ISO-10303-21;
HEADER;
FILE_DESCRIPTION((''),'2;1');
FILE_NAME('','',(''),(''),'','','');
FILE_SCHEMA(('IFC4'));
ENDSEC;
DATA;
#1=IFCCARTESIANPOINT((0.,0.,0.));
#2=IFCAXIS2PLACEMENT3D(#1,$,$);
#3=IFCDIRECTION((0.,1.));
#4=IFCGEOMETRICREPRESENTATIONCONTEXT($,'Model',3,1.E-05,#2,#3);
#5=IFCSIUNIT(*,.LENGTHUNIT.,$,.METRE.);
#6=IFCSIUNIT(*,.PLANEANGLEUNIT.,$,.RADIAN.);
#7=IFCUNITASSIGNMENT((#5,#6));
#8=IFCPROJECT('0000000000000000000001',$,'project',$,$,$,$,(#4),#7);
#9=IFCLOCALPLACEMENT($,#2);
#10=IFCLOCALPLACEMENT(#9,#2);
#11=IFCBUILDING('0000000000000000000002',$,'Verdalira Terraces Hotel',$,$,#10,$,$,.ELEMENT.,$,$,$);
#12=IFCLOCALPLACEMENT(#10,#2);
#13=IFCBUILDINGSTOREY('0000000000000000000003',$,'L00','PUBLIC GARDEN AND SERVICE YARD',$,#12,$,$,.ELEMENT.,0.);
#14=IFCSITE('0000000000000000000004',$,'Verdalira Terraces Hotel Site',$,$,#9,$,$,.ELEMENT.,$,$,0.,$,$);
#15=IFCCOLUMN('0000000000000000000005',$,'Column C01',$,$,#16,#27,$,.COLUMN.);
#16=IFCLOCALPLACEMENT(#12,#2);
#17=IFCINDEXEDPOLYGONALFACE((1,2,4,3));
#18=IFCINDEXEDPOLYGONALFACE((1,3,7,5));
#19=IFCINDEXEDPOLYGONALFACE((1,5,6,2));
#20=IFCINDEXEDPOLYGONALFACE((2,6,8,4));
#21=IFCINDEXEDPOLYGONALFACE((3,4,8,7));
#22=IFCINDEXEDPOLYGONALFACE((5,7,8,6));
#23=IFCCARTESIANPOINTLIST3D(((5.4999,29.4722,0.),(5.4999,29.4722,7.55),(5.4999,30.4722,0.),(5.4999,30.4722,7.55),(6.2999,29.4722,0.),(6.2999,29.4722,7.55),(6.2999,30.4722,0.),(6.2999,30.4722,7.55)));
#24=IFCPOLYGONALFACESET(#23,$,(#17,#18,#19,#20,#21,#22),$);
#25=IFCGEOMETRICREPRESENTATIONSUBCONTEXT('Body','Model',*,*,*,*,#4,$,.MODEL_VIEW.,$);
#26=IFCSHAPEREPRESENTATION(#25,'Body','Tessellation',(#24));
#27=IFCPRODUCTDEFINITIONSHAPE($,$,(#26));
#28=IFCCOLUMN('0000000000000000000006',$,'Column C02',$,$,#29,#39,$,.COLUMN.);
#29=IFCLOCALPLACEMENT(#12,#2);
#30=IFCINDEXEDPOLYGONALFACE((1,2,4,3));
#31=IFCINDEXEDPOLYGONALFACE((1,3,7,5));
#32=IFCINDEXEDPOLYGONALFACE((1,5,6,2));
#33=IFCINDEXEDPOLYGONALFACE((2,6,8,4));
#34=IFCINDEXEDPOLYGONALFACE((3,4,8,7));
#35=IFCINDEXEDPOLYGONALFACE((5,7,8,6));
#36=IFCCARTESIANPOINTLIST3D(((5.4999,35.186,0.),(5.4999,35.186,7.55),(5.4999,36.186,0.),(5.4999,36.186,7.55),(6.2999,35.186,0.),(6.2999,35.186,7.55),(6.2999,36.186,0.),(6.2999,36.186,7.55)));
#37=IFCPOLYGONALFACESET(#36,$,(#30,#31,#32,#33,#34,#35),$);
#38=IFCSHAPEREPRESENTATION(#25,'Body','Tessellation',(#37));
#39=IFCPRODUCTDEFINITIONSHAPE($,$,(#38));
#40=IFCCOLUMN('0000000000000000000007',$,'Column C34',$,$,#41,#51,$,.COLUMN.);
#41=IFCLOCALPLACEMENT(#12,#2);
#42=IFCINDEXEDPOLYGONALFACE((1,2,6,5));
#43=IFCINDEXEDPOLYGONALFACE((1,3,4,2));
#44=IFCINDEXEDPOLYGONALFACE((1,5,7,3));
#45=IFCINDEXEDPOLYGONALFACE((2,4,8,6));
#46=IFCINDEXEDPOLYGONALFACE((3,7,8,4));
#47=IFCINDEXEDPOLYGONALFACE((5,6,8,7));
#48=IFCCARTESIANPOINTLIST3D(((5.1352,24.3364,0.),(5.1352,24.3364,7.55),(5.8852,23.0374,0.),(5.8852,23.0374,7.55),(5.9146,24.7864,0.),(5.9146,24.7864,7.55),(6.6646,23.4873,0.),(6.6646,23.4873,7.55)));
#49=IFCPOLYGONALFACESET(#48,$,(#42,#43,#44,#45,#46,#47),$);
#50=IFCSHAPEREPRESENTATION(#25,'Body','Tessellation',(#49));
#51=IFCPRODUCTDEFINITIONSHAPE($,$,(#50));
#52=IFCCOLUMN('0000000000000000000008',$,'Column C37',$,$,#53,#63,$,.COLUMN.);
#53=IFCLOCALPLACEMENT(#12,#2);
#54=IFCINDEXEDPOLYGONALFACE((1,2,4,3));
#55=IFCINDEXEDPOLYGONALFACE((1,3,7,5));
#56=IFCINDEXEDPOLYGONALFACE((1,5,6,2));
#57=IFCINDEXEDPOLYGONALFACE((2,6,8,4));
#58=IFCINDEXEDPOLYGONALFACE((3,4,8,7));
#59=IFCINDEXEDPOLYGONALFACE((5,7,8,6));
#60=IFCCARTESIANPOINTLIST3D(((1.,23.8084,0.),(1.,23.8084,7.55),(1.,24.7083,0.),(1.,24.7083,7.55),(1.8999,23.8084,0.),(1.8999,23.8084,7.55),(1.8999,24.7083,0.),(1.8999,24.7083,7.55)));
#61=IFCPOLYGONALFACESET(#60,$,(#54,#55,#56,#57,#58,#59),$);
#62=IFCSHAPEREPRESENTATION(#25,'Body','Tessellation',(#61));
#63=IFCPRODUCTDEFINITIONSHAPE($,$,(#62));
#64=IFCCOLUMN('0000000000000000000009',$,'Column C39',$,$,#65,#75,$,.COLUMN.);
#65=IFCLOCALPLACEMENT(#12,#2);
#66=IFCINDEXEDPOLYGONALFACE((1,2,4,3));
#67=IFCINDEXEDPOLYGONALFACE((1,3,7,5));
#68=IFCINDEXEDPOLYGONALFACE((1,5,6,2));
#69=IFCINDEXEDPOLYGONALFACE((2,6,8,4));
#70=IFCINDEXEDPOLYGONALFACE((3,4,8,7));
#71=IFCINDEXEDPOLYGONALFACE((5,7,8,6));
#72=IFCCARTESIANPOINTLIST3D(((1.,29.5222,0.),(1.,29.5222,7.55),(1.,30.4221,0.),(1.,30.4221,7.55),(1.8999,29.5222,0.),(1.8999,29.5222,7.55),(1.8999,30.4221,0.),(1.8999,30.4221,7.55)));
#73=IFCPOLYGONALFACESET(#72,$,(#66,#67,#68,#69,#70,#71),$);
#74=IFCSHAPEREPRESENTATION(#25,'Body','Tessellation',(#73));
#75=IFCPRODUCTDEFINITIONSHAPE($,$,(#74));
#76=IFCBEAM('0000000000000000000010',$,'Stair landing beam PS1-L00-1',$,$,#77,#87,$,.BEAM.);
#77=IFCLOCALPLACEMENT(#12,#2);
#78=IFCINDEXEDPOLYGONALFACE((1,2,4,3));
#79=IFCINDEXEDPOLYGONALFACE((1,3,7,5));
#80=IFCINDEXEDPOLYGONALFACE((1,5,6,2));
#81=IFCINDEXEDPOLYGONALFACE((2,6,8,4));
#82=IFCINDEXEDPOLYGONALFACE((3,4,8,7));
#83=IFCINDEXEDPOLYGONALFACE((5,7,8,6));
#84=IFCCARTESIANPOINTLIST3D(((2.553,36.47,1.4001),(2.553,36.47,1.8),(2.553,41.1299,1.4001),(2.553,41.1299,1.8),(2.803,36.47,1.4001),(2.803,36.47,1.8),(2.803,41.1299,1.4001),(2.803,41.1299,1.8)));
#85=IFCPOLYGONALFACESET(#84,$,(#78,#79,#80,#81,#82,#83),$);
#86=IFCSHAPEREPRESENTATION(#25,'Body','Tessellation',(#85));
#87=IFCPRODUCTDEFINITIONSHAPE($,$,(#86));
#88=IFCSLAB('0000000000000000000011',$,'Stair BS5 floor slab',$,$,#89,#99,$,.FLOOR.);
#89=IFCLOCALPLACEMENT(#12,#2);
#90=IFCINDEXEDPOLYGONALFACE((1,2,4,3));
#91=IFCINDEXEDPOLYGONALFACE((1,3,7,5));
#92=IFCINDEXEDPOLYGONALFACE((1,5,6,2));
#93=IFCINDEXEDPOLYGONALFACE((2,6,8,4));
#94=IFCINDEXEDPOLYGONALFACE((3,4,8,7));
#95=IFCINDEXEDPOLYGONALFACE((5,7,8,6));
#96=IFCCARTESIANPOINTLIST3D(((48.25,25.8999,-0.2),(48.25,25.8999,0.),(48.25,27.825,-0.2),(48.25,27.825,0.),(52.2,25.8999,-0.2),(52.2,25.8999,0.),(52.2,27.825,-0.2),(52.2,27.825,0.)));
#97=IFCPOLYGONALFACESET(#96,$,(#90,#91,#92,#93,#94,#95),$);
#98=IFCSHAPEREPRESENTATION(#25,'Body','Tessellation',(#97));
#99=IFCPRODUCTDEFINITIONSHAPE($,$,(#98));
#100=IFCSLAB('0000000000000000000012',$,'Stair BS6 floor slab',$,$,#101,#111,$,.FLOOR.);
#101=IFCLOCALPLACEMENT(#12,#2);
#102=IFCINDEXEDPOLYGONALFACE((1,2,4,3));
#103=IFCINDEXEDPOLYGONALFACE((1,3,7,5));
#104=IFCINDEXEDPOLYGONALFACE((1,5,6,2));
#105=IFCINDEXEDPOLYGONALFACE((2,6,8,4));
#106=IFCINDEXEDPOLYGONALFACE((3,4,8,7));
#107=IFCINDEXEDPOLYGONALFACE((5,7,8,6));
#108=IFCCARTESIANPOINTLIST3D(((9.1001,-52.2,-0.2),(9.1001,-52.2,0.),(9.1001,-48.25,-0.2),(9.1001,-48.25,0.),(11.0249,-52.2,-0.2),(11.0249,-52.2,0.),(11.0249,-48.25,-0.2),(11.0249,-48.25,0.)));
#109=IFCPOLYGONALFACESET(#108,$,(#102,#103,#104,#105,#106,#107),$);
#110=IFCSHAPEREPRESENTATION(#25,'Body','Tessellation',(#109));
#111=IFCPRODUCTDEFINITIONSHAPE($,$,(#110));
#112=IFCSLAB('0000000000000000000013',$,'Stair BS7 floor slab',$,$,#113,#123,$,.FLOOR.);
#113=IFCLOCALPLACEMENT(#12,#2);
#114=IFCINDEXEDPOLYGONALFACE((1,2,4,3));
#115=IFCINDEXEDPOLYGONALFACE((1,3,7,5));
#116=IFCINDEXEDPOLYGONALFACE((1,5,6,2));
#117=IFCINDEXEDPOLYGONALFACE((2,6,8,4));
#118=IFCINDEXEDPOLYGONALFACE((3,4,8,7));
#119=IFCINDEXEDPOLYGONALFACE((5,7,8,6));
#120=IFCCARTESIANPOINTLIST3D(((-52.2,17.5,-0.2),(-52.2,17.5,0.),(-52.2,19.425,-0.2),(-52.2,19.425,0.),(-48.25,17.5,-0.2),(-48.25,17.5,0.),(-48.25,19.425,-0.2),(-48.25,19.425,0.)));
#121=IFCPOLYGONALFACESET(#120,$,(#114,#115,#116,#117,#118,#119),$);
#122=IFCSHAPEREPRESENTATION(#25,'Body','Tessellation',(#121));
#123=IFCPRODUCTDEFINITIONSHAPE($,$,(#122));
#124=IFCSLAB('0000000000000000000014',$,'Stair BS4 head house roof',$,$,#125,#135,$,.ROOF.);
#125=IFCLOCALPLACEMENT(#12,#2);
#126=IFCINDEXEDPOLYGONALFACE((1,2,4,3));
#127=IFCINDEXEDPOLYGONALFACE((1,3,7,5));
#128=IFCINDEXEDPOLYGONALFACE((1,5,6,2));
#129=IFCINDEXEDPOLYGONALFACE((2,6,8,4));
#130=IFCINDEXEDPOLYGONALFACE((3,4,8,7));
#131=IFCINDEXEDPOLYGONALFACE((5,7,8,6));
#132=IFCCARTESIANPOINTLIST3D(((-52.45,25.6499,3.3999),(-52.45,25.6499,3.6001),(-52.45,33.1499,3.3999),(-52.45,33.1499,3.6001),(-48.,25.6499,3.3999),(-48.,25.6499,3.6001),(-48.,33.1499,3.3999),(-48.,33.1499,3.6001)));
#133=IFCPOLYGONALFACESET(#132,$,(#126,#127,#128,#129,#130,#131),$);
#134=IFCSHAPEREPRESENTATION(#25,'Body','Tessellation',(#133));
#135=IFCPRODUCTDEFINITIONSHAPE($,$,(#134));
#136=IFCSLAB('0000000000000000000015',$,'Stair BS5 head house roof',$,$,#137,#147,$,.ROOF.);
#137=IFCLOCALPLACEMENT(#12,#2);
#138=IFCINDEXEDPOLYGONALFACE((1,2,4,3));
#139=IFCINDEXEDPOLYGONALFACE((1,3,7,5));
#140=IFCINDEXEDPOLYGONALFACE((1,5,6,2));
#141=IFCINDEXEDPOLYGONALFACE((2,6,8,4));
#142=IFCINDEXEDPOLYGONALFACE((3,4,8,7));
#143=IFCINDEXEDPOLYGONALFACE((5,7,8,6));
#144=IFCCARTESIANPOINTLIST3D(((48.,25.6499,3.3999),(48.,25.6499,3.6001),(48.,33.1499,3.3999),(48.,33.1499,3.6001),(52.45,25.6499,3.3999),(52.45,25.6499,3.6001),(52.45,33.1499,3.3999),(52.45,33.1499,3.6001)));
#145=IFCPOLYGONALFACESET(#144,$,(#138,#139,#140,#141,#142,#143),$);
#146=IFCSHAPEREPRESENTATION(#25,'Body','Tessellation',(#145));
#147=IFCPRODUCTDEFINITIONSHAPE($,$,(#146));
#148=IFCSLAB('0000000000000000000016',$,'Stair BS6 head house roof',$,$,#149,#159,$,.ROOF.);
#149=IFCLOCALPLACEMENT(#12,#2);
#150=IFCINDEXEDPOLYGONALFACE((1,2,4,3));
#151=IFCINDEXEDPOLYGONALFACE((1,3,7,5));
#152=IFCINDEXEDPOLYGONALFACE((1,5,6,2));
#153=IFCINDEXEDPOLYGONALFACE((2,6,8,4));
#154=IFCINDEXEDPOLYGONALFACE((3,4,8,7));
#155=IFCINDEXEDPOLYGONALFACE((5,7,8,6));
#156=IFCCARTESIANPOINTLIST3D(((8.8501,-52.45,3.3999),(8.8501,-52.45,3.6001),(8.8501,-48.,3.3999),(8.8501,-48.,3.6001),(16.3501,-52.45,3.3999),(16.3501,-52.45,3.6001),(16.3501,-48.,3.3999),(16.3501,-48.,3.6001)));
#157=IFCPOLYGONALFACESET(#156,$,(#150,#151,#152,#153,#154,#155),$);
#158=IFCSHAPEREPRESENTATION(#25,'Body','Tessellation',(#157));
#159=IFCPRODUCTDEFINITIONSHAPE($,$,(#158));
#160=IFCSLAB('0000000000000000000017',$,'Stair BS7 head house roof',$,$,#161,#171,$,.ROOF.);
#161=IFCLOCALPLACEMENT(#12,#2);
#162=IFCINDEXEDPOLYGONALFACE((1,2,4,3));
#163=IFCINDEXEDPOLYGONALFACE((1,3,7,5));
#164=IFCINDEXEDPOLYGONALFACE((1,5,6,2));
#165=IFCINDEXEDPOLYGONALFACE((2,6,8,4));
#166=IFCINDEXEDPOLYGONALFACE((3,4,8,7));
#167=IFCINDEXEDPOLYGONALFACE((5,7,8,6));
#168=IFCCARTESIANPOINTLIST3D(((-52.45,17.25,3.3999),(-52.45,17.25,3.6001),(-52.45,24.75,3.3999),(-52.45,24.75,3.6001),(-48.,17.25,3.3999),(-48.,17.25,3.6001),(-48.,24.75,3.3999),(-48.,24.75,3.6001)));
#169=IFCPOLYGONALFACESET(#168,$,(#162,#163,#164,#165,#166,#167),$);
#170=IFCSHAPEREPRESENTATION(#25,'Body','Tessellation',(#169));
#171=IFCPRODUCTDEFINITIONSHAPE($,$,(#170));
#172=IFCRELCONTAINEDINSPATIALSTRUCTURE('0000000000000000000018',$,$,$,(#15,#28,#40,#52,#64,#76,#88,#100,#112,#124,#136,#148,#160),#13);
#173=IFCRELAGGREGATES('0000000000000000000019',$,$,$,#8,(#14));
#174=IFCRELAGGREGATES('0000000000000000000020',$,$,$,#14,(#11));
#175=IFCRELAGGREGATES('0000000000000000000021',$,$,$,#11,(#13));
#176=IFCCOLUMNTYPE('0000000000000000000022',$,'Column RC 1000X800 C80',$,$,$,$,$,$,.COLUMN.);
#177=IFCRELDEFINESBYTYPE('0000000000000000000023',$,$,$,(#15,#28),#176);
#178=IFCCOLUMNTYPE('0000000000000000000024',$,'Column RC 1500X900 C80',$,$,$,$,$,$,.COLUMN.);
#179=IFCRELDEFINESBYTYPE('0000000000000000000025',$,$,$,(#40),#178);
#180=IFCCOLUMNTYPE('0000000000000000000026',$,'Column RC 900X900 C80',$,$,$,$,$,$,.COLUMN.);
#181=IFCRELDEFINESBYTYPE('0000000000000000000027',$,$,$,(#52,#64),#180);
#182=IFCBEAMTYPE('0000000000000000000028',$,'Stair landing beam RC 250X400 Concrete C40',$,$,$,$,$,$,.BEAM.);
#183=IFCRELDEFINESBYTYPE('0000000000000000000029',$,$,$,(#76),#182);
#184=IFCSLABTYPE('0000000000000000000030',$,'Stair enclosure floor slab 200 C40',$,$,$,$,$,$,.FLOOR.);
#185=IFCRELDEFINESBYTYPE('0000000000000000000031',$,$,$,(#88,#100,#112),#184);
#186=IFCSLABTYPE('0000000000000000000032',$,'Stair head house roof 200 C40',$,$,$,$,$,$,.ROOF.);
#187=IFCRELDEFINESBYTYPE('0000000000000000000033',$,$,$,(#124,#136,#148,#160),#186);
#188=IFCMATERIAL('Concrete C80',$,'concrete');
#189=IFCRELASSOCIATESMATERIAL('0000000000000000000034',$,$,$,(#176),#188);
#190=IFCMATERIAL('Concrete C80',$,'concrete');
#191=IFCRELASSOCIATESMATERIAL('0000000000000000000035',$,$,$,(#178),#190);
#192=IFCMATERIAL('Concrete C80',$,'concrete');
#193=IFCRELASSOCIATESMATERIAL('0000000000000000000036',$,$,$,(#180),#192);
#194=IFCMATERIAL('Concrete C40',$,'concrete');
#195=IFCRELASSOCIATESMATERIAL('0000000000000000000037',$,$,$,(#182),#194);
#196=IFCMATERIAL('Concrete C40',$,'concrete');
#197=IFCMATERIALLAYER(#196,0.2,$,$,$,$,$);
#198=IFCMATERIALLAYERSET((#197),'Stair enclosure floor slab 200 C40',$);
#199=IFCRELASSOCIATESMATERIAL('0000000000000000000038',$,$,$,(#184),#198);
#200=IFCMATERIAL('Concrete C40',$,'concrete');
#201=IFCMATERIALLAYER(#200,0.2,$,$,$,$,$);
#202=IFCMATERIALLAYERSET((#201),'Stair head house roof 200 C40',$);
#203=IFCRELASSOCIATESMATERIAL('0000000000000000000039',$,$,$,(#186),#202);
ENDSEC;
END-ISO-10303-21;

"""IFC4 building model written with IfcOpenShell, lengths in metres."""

from ifc_helpers import new_model, si_unit, direction, frame, origin, origin_2d, place, context, subcontext, project, spatial, polyline, rectangle, outline, extrude, material, layer, layer_set, material_profile, profile_set, type_object, element, save


model = new_model("IFC4")

# Units and contexts
model_context = context("Model", 3, precision=1e-05, world=origin(), true_north=direction((0.0, 1.0)))
body_context = subcontext(model_context, "Body", "Model", "MODEL_VIEW")
ifc_project = project(units=[si_unit("LENGTHUNIT", "METRE"), si_unit("PLANEANGLEUNIT", "RADIAN")], contexts=[model_context])

# Site, building, storey
site_placement = place(None, origin())
site = spatial("IfcSite", under=ifc_project, at=site_placement, Name="Verdalira Terraces Hotel Site", CompositionType="ELEMENT", RefElevation=0.0)
building_placement = place(site_placement, origin())
building = spatial("IfcBuilding", under=site, at=building_placement, Name="Verdalira Terraces Hotel", CompositionType="ELEMENT")
storey_placement = place(building_placement, origin())
storey = spatial("IfcBuildingStorey", under=building, at=storey_placement, Name="L00", Description="PUBLIC GARDEN AND SERVICE YARD", CompositionType="ELEMENT", Elevation=0.0)

# Columns
ifc_material_1 = material(Name="Concrete C80", Category="concrete")
ifc_material_profile_1 = material_profile(ifc_material_1, rectangle(XDim=1.0, YDim=0.8, at=origin_2d()), Name="RC 1000X800")
ifc_profile_set_1 = profile_set([ifc_material_profile_1], Name="Concrete C80")
column_type_1 = type_object("IfcColumnType", Name="Column RC 1000X800 C80", PredefinedType="COLUMN", material=ifc_profile_set_1)
for number, where, z_axis, x_axis, name in (
    (1, (5.8999, 29.9722, 0.0), (0.0, 0.0, 1.0), (0.0, 1.0, 0.0), "Column C01"),
    (2, (5.8999, 35.686, 0.0), (0.0, 0.0, 1.0), (0.0, 1.0, 0.0), "Column C02"),
):
    element("IfcColumn", number, at=place(storey_placement, frame(where, z_axis=z_axis, x_axis=x_axis)), inside=storey, type_object=column_type_1, Name=name, PredefinedType="COLUMN", context=body_context, shape_type="SweptSolid", body=[
        extrude(rectangle(XDim=1.0, YDim=0.8, at=origin_2d()), origin(), (0.0, 0.0, 1.0), 7.55),
    ])
ifc_material_2 = material(Name="Concrete C80", Category="concrete")
ifc_material_profile_2 = material_profile(ifc_material_2, rectangle(XDim=1.5, YDim=0.8999, at=origin_2d()), Name="RC 1500X900")
ifc_profile_set_2 = profile_set([ifc_material_profile_2], Name="Concrete C80")
column_type_2 = type_object("IfcColumnType", Name="Column RC 1500X900 C80", PredefinedType="COLUMN", material=ifc_profile_set_2)
column_placement = place(storey_placement, frame((5.8999, 23.9119, 0.0), z_axis=(0.0, 0.0, 1.0), x_axis=(0.5, -0.866025, 0.0)))
element("IfcColumn", 3, at=column_placement, inside=storey, type_object=column_type_2, Name="Column C34", PredefinedType="COLUMN", context=body_context, shape_type="SweptSolid", body=[
    extrude(rectangle(XDim=1.5, YDim=0.8999, at=origin_2d()), origin(), (0.0, 0.0, 1.0), 7.55),
])
ifc_material_3 = material(Name="Concrete C80", Category="concrete")
ifc_material_profile_3 = material_profile(ifc_material_3, rectangle(XDim=0.8999, YDim=0.8999, at=origin_2d()), Name="RC 900X900")
ifc_profile_set_3 = profile_set([ifc_material_profile_3], Name="Concrete C80")
column_type_3 = type_object("IfcColumnType", Name="Column RC 900X900 C80", PredefinedType="COLUMN", material=ifc_profile_set_3)
for number, where, z_axis, x_axis, name in (
    (4, (1.45, 24.2583, 0.0), (0.0, 0.0, 1.0), (0.0, 1.0, 0.0), "Column C37"),
    (5, (1.45, 29.9722, 0.0), (0.0, 0.0, 1.0), (0.0, 1.0, 0.0), "Column C39"),
):
    element("IfcColumn", number, at=place(storey_placement, frame(where, z_axis=z_axis, x_axis=x_axis)), inside=storey, type_object=column_type_3, Name=name, PredefinedType="COLUMN", context=body_context, shape_type="SweptSolid", body=[
        extrude(rectangle(XDim=0.8999, YDim=0.8999, at=origin_2d()), origin(), (0.0, 0.0, 1.0), 7.55),
    ])

# Beam
ifc_material_4 = material(Name="Concrete C40", Category="concrete")
ifc_material_profile_4 = material_profile(ifc_material_4, rectangle(XDim=0.25, YDim=0.3999, at=origin_2d()), Name="RC 250X400")
ifc_profile_set_4 = profile_set([ifc_material_profile_4], Name="Concrete C40")
beam_type = type_object("IfcBeamType", Name="Stair landing beam RC 250X400 Concrete C40", PredefinedType="BEAM", material=ifc_profile_set_4)
beam_placement = place(storey_placement, frame((2.678, 36.47, 1.6001), z_axis=(0.0, 1.0, 0.0), x_axis=(-1.0, 0.0, 0.0)))
element("IfcBeam", 6, at=beam_placement, inside=storey, type_object=beam_type, Name="Stair landing beam PS1-L00-1", PredefinedType="BEAM", context=body_context, shape_type="SweptSolid", body=[
    extrude(rectangle(XDim=0.25, YDim=0.3999, at=origin_2d()), origin(), (0.0, 0.0, 1.0), 4.6599),
])

# Slabs
ifc_material_5 = material(Name="Concrete C40", Category="concrete")
ifc_layer_1 = layer(ifc_material_5, 0.2)
ifc_layer_set_1 = layer_set([ifc_layer_1], Name="Stair enclosure floor slab 200 C40")
slab_type_1 = type_object("IfcSlabType", Name="Stair enclosure floor slab 200 C40", PredefinedType="FLOOR", material=ifc_layer_set_1)
slab_1_placement = place(storey_placement, frame((0.0, 0.0, -0.2)))
element("IfcSlab", 7, at=slab_1_placement, inside=storey, type_object=slab_type_1, Name="Stair BS5 floor slab", PredefinedType="FLOOR", context=body_context, shape_type="SweptSolid", body=[
    extrude(outline(polyline([(48.25, 27.825), (52.2, 27.825), (52.2, 25.8999), (48.25, 25.8999), (48.25, 27.825)])), origin(), (0.0, 0.0, 1.0), 0.2),
])
slab_2_placement = place(storey_placement, frame((0.0, 0.0, -0.2)))
element("IfcSlab", 8, at=slab_2_placement, inside=storey, type_object=slab_type_1, Name="Stair BS6 floor slab", PredefinedType="FLOOR", context=body_context, shape_type="SweptSolid", body=[
    extrude(outline(polyline([(9.1001, -48.25), (11.0249, -48.25), (11.0249, -52.2), (9.1001, -52.2), (9.1001, -48.25)])), origin(), (0.0, 0.0, 1.0), 0.2),
])
slab_3_placement = place(storey_placement, frame((0.0, 0.0, -0.2)))
element("IfcSlab", 9, at=slab_3_placement, inside=storey, type_object=slab_type_1, Name="Stair BS7 floor slab", PredefinedType="FLOOR", context=body_context, shape_type="SweptSolid", body=[
    extrude(outline(polyline([(-52.2, 19.425), (-48.25, 19.425), (-48.25, 17.5), (-52.2, 17.5), (-52.2, 19.425)])), origin(), (0.0, 0.0, 1.0), 0.2),
])
ifc_material_6 = material(Name="Concrete C40", Category="concrete")
ifc_layer_2 = layer(ifc_material_6, 0.2)
ifc_layer_set_2 = layer_set([ifc_layer_2], Name="Stair head house roof 200 C40")
slab_type_2 = type_object("IfcSlabType", Name="Stair head house roof 200 C40", PredefinedType="ROOF", material=ifc_layer_set_2)
slab_4_placement = place(storey_placement, frame((0.0, 0.0, 3.3999)))
element("IfcSlab", 10, at=slab_4_placement, inside=storey, type_object=slab_type_2, Name="Stair BS4 head house roof", PredefinedType="ROOF", context=body_context, shape_type="SweptSolid", body=[
    extrude(outline(polyline([(-52.45, 25.6499), (-52.45, 33.1499), (-48.0, 33.1499), (-48.0, 25.6499), (-52.45, 25.6499)])), origin(), (0.0, 0.0, 1.0), 0.2002),
])
slab_5_placement = place(storey_placement, frame((0.0, 0.0, 3.3999)))
element("IfcSlab", 11, at=slab_5_placement, inside=storey, type_object=slab_type_2, Name="Stair BS5 head house roof", PredefinedType="ROOF", context=body_context, shape_type="SweptSolid", body=[
    extrude(outline(polyline([(48.0, 25.6499), (48.0, 33.1499), (52.45, 33.1499), (52.45, 25.6499), (48.0, 25.6499)])), origin(), (0.0, 0.0, 1.0), 0.2002),
])
slab_6_placement = place(storey_placement, frame((0.0, 0.0, 3.3999)))
element("IfcSlab", 12, at=slab_6_placement, inside=storey, type_object=slab_type_2, Name="Stair BS6 head house roof", PredefinedType="ROOF", context=body_context, shape_type="SweptSolid", body=[
    extrude(outline(polyline([(8.8501, -52.45), (8.8501, -48.0), (16.3501, -48.0), (16.3501, -52.45), (8.8501, -52.45)])), origin(), (0.0, 0.0, 1.0), 0.2002),
])
slab_7_placement = place(storey_placement, frame((0.0, 0.0, 3.3999)))
element("IfcSlab", 13, at=slab_7_placement, inside=storey, type_object=slab_type_2, Name="Stair BS7 head house roof", PredefinedType="ROOF", context=body_context, shape_type="SweptSolid", body=[
    extrude(outline(polyline([(-52.45, 17.25), (-52.45, 24.75), (-48.0, 24.75), (-48.0, 17.25), (-52.45, 17.25)])), origin(), (0.0, 0.0, 1.0), 0.2002),
])

save(model, "model.ifc")
